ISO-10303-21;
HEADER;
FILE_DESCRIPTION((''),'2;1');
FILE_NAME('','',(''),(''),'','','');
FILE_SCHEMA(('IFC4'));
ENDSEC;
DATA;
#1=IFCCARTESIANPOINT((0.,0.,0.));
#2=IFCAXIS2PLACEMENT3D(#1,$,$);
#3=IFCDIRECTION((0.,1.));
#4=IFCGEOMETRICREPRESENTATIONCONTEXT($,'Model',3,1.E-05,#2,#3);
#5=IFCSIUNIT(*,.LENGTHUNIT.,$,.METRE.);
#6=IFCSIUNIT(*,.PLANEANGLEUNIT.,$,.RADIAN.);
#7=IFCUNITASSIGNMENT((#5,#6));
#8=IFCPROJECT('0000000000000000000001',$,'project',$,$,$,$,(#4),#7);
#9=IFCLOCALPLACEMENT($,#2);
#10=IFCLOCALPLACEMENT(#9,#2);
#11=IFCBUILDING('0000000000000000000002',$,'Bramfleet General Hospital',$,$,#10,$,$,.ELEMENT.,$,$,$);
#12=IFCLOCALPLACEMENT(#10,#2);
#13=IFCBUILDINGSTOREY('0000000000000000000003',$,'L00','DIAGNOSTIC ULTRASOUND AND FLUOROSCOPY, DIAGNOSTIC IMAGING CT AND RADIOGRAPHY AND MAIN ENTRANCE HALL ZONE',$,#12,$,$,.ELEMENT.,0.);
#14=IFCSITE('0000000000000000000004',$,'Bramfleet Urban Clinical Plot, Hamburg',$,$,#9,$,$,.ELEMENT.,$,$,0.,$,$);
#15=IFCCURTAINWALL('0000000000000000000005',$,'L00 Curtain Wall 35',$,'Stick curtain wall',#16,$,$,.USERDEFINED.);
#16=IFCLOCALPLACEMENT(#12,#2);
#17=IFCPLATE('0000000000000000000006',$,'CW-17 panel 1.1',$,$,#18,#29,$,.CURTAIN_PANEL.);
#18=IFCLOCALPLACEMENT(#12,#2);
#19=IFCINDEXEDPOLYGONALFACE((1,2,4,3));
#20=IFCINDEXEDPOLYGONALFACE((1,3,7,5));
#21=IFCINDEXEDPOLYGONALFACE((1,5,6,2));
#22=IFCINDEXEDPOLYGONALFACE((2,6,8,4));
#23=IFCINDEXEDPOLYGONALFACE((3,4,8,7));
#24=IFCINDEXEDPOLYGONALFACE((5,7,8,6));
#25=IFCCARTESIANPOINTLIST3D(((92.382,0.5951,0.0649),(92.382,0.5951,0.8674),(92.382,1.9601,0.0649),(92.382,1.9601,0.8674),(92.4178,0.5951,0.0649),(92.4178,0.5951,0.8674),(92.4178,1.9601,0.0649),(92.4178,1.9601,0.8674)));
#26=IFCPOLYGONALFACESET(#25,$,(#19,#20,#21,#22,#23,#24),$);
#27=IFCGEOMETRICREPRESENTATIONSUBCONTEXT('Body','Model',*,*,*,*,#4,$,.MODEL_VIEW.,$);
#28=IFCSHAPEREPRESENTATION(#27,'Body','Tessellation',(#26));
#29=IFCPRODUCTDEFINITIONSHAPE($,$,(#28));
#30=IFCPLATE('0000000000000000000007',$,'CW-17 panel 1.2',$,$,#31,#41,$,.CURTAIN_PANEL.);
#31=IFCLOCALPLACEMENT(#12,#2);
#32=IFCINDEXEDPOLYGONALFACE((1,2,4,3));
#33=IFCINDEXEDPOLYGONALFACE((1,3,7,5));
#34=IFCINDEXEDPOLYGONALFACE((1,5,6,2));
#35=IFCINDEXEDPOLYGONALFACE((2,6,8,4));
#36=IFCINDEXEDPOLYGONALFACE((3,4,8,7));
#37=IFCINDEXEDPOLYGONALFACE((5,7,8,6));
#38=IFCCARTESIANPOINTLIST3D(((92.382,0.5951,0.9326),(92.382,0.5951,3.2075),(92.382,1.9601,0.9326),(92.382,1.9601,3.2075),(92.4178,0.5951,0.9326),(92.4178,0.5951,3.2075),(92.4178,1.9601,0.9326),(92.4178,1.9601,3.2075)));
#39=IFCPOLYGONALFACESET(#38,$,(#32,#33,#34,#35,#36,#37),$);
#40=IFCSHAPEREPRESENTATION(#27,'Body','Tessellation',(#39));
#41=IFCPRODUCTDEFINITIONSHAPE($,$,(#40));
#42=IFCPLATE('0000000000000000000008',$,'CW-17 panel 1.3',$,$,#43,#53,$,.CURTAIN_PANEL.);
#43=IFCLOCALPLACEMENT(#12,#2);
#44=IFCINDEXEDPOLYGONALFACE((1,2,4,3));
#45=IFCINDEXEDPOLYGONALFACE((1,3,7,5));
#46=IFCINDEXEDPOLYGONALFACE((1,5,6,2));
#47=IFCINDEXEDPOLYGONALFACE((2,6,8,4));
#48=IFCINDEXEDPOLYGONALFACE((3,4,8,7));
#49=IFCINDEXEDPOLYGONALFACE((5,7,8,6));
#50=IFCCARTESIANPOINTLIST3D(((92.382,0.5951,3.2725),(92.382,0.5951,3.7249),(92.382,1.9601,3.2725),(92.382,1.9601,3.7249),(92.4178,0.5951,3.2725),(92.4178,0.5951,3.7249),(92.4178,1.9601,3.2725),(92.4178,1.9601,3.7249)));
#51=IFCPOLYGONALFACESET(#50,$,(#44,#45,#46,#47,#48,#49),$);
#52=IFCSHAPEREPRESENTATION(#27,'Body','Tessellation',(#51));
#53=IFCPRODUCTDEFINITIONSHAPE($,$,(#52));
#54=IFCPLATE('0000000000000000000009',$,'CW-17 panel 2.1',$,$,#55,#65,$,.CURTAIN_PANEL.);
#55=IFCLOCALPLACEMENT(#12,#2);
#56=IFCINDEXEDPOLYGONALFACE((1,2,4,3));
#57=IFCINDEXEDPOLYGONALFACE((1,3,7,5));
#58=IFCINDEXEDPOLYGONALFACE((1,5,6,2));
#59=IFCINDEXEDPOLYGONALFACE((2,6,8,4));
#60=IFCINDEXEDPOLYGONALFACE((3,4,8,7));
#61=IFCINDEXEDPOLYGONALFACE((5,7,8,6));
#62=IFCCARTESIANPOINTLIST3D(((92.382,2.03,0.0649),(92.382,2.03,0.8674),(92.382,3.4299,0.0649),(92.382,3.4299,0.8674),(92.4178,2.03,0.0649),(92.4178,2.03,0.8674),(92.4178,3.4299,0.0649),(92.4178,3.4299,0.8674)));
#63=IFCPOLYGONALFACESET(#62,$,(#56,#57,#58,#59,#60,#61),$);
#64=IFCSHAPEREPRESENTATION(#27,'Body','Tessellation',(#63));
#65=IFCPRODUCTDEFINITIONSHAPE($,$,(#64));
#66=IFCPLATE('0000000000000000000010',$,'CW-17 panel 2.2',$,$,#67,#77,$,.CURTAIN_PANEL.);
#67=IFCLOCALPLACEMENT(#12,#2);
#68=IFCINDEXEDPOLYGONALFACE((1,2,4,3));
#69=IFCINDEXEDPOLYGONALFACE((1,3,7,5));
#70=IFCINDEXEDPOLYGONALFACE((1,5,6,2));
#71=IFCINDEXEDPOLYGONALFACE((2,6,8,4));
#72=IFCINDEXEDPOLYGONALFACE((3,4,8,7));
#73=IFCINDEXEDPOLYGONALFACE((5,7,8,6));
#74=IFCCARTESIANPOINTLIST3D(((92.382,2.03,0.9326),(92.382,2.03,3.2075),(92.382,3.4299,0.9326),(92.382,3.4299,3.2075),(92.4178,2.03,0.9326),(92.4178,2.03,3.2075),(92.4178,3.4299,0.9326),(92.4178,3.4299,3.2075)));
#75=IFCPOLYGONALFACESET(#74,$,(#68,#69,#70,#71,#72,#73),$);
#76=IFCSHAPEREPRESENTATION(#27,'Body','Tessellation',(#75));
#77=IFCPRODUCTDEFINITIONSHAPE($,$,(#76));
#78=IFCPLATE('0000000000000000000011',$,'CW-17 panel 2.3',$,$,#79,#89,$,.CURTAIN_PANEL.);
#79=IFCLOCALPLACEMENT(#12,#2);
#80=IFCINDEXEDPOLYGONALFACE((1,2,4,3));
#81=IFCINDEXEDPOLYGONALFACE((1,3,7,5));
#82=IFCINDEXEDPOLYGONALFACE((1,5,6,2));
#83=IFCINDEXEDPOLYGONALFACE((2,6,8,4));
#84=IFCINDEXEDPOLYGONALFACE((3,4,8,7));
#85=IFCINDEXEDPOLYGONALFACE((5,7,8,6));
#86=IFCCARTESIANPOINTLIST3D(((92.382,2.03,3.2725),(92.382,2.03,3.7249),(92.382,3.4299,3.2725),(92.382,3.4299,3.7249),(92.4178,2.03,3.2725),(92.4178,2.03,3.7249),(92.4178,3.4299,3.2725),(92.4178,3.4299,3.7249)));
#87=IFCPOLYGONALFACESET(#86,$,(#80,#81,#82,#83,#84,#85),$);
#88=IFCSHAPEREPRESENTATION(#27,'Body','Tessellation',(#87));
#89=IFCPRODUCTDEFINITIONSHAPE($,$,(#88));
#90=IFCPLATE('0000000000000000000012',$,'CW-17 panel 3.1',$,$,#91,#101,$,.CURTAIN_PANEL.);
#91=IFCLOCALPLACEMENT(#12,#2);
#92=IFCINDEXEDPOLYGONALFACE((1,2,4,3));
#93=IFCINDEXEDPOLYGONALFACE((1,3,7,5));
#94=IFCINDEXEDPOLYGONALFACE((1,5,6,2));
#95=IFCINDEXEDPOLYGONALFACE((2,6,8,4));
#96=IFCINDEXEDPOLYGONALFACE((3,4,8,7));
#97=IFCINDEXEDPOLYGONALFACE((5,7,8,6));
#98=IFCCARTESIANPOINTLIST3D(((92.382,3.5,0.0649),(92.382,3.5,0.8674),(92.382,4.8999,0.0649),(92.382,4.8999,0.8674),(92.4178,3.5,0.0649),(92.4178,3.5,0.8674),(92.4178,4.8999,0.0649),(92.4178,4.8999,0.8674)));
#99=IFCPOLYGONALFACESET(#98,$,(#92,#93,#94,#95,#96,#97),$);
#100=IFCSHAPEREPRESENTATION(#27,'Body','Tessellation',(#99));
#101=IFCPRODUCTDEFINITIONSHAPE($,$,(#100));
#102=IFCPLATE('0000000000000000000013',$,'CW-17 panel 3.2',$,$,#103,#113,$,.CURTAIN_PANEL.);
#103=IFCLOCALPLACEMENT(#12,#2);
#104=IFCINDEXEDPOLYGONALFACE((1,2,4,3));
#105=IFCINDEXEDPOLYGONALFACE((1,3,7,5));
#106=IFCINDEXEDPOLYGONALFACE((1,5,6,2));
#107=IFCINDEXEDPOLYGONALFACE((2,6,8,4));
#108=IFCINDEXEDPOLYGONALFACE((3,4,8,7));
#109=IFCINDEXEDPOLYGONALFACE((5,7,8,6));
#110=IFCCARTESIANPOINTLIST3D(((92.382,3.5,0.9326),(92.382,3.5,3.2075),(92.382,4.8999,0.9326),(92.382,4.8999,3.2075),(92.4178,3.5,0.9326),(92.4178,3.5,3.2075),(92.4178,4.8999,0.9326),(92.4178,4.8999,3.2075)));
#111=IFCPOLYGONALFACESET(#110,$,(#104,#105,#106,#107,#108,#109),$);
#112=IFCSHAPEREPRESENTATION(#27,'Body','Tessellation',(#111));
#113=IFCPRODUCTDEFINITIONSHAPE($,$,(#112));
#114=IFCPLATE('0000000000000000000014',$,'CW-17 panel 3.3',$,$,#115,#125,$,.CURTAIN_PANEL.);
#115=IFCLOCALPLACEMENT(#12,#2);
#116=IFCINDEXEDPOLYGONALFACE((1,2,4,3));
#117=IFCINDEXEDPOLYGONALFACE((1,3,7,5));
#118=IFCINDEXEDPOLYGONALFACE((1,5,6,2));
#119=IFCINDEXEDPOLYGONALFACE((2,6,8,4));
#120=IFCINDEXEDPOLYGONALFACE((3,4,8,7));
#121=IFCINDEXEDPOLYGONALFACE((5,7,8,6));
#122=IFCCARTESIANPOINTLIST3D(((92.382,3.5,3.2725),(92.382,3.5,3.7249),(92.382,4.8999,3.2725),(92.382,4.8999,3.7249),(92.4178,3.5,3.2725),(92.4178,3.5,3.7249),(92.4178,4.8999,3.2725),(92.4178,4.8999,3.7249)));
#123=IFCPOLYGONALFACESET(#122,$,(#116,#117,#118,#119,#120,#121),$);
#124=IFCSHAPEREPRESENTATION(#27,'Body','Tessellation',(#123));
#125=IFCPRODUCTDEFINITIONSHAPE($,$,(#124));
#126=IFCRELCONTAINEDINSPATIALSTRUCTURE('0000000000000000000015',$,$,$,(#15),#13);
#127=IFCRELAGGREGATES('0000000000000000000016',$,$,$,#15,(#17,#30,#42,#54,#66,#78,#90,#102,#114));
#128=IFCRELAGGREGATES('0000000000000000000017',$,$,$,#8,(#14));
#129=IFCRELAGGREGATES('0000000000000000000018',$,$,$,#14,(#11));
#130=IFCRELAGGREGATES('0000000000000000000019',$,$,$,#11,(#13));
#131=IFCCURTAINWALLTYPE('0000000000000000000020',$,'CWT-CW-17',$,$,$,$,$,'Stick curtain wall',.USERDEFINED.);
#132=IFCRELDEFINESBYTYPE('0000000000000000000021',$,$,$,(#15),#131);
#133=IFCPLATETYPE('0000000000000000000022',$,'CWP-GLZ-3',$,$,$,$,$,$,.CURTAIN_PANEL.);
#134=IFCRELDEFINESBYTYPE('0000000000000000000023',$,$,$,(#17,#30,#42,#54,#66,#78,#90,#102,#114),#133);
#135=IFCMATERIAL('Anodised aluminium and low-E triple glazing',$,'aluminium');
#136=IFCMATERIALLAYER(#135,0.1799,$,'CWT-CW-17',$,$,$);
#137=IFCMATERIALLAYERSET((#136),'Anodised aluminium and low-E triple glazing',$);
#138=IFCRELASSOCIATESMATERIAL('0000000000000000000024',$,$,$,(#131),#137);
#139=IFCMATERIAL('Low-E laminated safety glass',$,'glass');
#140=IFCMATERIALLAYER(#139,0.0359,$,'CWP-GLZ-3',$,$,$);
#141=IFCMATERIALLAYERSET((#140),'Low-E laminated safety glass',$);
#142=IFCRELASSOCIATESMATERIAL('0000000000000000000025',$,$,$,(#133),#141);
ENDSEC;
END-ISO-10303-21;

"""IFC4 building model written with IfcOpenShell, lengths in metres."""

from ifc_helpers import new_model, si_unit, direction, frame, origin, origin_2d, place, context, subcontext, project, spatial, rectangle, extrude, material, layer, layer_set, type_object, element, aggregate, save


model = new_model("IFC4")

# Units and contexts
model_context = context("Model", 3, precision=1e-05, world=origin(), true_north=direction((0.0, 1.0)))
body_context = subcontext(model_context, "Body", "Model", "MODEL_VIEW")
ifc_project = project(units=[si_unit("LENGTHUNIT", "METRE"), si_unit("PLANEANGLEUNIT", "RADIAN")], contexts=[model_context])

# Site, building, storey
site_placement = place(None, origin())
site = spatial("IfcSite", under=ifc_project, at=site_placement, Name="Bramfleet Urban Clinical Plot, Hamburg", CompositionType="ELEMENT", RefElevation=0.0)
building_placement = place(site_placement, origin())
building = spatial("IfcBuilding", under=site, at=building_placement, Name="Bramfleet General Hospital", CompositionType="ELEMENT")
storey_placement = place(building_placement, origin())
storey = spatial("IfcBuildingStorey", under=building, at=storey_placement, Name="L00", Description="DIAGNOSTIC ULTRASOUND AND FLUOROSCOPY, DIAGNOSTIC IMAGING CT AND RADIOGRAPHY AND MAIN ENTRANCE HALL ZONE", CompositionType="ELEMENT", Elevation=0.0)

# Curtain wall, plates
ifc_material_1 = material(Name="Anodised aluminium and low-E triple glazing", Category="aluminium")
ifc_layer_1 = layer(ifc_material_1, 0.1799, Name="CWT-CW-17")
ifc_layer_set_1 = layer_set([ifc_layer_1], Name="Anodised aluminium and low-E triple glazing")
curtain_wall_type = type_object("IfcCurtainWallType", Name="CWT-CW-17", ElementType="Stick curtain wall", PredefinedType="USERDEFINED", material=ifc_layer_set_1)
curtain_wall_placement = place(storey_placement, origin())
curtain_wall = element("IfcCurtainWall", 1, at=curtain_wall_placement, inside=storey, type_object=curtain_wall_type, Name="L00 Curtain Wall 35", ObjectType="Stick curtain wall", PredefinedType="USERDEFINED")
ifc_material_2 = material(Name="Low-E laminated safety glass", Category="glass")
ifc_layer_2 = layer(ifc_material_2, 0.0359, Name="CWP-GLZ-3")
ifc_layer_set_2 = layer_set([ifc_layer_2], Name="Low-E laminated safety glass")
plate_type = type_object("IfcPlateType", Name="CWP-GLZ-3", PredefinedType="CURTAIN_PANEL", material=ifc_layer_set_2)
plate_1_placement = place(storey_placement, frame((92.3999, 1.2776, 0.0649), z_axis=(0.0, 0.0, 1.0), x_axis=(0.0, 1.0, 0.0)))
plate_1 = element("IfcPlate", 2, at=plate_1_placement, type_object=plate_type, Name="CW-17 panel 1.1", PredefinedType="CURTAIN_PANEL", context=body_context, shape_type="SweptSolid", body=[
    extrude(rectangle(XDim=1.365, YDim=0.0359, at=origin_2d()), origin(), (0.0, 0.0, 1.0), 0.8025),
])
plate_2_placement = place(storey_placement, frame((92.3999, 1.2776, 0.9326), z_axis=(0.0, 0.0, 1.0), x_axis=(0.0, 1.0, 0.0)))
plate_2 = element("IfcPlate", 3, at=plate_2_placement, type_object=plate_type, Name="CW-17 panel 1.2", PredefinedType="CURTAIN_PANEL", context=body_context, shape_type="SweptSolid", body=[
    extrude(rectangle(XDim=1.365, YDim=0.0359, at=origin_2d()), origin(), (0.0, 0.0, 1.0), 2.2749),
])
plate_3_placement = place(storey_placement, frame((92.3999, 1.2776, 3.2725), z_axis=(0.0, 0.0, 1.0), x_axis=(0.0, 1.0, 0.0)))
plate_3 = element("IfcPlate", 4, at=plate_3_placement, type_object=plate_type, Name="CW-17 panel 1.3", PredefinedType="CURTAIN_PANEL", context=body_context, shape_type="SweptSolid", body=[
    extrude(rectangle(XDim=1.365, YDim=0.0359, at=origin_2d()), origin(), (0.0, 0.0, 1.0), 0.4524),
])
plate_4_placement = place(storey_placement, frame((92.3999, 2.73, 0.0649), z_axis=(0.0, 0.0, 1.0), x_axis=(0.0, 1.0, 0.0)))
plate_4 = element("IfcPlate", 5, at=plate_4_placement, type_object=plate_type, Name="CW-17 panel 2.1", PredefinedType="CURTAIN_PANEL", context=body_context, shape_type="SweptSolid", body=[
    extrude(rectangle(XDim=1.3999, YDim=0.0359, at=origin_2d()), origin(), (0.0, 0.0, 1.0), 0.8025),
])
plate_5_placement = place(storey_placement, frame((92.3999, 2.73, 0.9326), z_axis=(0.0, 0.0, 1.0), x_axis=(0.0, 1.0, 0.0)))
plate_5 = element("IfcPlate", 6, at=plate_5_placement, type_object=plate_type, Name="CW-17 panel 2.2", PredefinedType="CURTAIN_PANEL", context=body_context, shape_type="SweptSolid", body=[
    extrude(rectangle(XDim=1.3999, YDim=0.0359, at=origin_2d()), origin(), (0.0, 0.0, 1.0), 2.2749),
])
plate_6_placement = place(storey_placement, frame((92.3999, 2.73, 3.2725), z_axis=(0.0, 0.0, 1.0), x_axis=(0.0, 1.0, 0.0)))
plate_6 = element("IfcPlate", 7, at=plate_6_placement, type_object=plate_type, Name="CW-17 panel 2.3", PredefinedType="CURTAIN_PANEL", context=body_context, shape_type="SweptSolid", body=[
    extrude(rectangle(XDim=1.3999, YDim=0.0359, at=origin_2d()), origin(), (0.0, 0.0, 1.0), 0.4524),
])
plate_7_placement = place(storey_placement, frame((92.3999, 4.2, 0.0649), z_axis=(0.0, 0.0, 1.0), x_axis=(0.0, 1.0, 0.0)))
plate_7 = element("IfcPlate", 8, at=plate_7_placement, type_object=plate_type, Name="CW-17 panel 3.1", PredefinedType="CURTAIN_PANEL", context=body_context, shape_type="SweptSolid", body=[
    extrude(rectangle(XDim=1.3999, YDim=0.0359, at=origin_2d()), origin(), (0.0, 0.0, 1.0), 0.8025),
])
plate_8_placement = place(storey_placement, frame((92.3999, 4.2, 0.9326), z_axis=(0.0, 0.0, 1.0), x_axis=(0.0, 1.0, 0.0)))
plate_8 = element("IfcPlate", 9, at=plate_8_placement, type_object=plate_type, Name="CW-17 panel 3.2", PredefinedType="CURTAIN_PANEL", context=body_context, shape_type="SweptSolid", body=[
    extrude(rectangle(XDim=1.3999, YDim=0.0359, at=origin_2d()), origin(), (0.0, 0.0, 1.0), 2.2749),
])
plate_9_placement = place(storey_placement, frame((92.3999, 4.2, 3.2725), z_axis=(0.0, 0.0, 1.0), x_axis=(0.0, 1.0, 0.0)))
plate_9 = element("IfcPlate", 10, at=plate_9_placement, type_object=plate_type, Name="CW-17 panel 3.3", PredefinedType="CURTAIN_PANEL", context=body_context, shape_type="SweptSolid", body=[
    extrude(rectangle(XDim=1.3999, YDim=0.0359, at=origin_2d()), origin(), (0.0, 0.0, 1.0), 0.4524),
])
aggregate(curtain_wall, [plate_1, plate_2, plate_3, plate_4, plate_5, plate_6, plate_7, plate_8, plate_9])

save(model, "model.ifc")
